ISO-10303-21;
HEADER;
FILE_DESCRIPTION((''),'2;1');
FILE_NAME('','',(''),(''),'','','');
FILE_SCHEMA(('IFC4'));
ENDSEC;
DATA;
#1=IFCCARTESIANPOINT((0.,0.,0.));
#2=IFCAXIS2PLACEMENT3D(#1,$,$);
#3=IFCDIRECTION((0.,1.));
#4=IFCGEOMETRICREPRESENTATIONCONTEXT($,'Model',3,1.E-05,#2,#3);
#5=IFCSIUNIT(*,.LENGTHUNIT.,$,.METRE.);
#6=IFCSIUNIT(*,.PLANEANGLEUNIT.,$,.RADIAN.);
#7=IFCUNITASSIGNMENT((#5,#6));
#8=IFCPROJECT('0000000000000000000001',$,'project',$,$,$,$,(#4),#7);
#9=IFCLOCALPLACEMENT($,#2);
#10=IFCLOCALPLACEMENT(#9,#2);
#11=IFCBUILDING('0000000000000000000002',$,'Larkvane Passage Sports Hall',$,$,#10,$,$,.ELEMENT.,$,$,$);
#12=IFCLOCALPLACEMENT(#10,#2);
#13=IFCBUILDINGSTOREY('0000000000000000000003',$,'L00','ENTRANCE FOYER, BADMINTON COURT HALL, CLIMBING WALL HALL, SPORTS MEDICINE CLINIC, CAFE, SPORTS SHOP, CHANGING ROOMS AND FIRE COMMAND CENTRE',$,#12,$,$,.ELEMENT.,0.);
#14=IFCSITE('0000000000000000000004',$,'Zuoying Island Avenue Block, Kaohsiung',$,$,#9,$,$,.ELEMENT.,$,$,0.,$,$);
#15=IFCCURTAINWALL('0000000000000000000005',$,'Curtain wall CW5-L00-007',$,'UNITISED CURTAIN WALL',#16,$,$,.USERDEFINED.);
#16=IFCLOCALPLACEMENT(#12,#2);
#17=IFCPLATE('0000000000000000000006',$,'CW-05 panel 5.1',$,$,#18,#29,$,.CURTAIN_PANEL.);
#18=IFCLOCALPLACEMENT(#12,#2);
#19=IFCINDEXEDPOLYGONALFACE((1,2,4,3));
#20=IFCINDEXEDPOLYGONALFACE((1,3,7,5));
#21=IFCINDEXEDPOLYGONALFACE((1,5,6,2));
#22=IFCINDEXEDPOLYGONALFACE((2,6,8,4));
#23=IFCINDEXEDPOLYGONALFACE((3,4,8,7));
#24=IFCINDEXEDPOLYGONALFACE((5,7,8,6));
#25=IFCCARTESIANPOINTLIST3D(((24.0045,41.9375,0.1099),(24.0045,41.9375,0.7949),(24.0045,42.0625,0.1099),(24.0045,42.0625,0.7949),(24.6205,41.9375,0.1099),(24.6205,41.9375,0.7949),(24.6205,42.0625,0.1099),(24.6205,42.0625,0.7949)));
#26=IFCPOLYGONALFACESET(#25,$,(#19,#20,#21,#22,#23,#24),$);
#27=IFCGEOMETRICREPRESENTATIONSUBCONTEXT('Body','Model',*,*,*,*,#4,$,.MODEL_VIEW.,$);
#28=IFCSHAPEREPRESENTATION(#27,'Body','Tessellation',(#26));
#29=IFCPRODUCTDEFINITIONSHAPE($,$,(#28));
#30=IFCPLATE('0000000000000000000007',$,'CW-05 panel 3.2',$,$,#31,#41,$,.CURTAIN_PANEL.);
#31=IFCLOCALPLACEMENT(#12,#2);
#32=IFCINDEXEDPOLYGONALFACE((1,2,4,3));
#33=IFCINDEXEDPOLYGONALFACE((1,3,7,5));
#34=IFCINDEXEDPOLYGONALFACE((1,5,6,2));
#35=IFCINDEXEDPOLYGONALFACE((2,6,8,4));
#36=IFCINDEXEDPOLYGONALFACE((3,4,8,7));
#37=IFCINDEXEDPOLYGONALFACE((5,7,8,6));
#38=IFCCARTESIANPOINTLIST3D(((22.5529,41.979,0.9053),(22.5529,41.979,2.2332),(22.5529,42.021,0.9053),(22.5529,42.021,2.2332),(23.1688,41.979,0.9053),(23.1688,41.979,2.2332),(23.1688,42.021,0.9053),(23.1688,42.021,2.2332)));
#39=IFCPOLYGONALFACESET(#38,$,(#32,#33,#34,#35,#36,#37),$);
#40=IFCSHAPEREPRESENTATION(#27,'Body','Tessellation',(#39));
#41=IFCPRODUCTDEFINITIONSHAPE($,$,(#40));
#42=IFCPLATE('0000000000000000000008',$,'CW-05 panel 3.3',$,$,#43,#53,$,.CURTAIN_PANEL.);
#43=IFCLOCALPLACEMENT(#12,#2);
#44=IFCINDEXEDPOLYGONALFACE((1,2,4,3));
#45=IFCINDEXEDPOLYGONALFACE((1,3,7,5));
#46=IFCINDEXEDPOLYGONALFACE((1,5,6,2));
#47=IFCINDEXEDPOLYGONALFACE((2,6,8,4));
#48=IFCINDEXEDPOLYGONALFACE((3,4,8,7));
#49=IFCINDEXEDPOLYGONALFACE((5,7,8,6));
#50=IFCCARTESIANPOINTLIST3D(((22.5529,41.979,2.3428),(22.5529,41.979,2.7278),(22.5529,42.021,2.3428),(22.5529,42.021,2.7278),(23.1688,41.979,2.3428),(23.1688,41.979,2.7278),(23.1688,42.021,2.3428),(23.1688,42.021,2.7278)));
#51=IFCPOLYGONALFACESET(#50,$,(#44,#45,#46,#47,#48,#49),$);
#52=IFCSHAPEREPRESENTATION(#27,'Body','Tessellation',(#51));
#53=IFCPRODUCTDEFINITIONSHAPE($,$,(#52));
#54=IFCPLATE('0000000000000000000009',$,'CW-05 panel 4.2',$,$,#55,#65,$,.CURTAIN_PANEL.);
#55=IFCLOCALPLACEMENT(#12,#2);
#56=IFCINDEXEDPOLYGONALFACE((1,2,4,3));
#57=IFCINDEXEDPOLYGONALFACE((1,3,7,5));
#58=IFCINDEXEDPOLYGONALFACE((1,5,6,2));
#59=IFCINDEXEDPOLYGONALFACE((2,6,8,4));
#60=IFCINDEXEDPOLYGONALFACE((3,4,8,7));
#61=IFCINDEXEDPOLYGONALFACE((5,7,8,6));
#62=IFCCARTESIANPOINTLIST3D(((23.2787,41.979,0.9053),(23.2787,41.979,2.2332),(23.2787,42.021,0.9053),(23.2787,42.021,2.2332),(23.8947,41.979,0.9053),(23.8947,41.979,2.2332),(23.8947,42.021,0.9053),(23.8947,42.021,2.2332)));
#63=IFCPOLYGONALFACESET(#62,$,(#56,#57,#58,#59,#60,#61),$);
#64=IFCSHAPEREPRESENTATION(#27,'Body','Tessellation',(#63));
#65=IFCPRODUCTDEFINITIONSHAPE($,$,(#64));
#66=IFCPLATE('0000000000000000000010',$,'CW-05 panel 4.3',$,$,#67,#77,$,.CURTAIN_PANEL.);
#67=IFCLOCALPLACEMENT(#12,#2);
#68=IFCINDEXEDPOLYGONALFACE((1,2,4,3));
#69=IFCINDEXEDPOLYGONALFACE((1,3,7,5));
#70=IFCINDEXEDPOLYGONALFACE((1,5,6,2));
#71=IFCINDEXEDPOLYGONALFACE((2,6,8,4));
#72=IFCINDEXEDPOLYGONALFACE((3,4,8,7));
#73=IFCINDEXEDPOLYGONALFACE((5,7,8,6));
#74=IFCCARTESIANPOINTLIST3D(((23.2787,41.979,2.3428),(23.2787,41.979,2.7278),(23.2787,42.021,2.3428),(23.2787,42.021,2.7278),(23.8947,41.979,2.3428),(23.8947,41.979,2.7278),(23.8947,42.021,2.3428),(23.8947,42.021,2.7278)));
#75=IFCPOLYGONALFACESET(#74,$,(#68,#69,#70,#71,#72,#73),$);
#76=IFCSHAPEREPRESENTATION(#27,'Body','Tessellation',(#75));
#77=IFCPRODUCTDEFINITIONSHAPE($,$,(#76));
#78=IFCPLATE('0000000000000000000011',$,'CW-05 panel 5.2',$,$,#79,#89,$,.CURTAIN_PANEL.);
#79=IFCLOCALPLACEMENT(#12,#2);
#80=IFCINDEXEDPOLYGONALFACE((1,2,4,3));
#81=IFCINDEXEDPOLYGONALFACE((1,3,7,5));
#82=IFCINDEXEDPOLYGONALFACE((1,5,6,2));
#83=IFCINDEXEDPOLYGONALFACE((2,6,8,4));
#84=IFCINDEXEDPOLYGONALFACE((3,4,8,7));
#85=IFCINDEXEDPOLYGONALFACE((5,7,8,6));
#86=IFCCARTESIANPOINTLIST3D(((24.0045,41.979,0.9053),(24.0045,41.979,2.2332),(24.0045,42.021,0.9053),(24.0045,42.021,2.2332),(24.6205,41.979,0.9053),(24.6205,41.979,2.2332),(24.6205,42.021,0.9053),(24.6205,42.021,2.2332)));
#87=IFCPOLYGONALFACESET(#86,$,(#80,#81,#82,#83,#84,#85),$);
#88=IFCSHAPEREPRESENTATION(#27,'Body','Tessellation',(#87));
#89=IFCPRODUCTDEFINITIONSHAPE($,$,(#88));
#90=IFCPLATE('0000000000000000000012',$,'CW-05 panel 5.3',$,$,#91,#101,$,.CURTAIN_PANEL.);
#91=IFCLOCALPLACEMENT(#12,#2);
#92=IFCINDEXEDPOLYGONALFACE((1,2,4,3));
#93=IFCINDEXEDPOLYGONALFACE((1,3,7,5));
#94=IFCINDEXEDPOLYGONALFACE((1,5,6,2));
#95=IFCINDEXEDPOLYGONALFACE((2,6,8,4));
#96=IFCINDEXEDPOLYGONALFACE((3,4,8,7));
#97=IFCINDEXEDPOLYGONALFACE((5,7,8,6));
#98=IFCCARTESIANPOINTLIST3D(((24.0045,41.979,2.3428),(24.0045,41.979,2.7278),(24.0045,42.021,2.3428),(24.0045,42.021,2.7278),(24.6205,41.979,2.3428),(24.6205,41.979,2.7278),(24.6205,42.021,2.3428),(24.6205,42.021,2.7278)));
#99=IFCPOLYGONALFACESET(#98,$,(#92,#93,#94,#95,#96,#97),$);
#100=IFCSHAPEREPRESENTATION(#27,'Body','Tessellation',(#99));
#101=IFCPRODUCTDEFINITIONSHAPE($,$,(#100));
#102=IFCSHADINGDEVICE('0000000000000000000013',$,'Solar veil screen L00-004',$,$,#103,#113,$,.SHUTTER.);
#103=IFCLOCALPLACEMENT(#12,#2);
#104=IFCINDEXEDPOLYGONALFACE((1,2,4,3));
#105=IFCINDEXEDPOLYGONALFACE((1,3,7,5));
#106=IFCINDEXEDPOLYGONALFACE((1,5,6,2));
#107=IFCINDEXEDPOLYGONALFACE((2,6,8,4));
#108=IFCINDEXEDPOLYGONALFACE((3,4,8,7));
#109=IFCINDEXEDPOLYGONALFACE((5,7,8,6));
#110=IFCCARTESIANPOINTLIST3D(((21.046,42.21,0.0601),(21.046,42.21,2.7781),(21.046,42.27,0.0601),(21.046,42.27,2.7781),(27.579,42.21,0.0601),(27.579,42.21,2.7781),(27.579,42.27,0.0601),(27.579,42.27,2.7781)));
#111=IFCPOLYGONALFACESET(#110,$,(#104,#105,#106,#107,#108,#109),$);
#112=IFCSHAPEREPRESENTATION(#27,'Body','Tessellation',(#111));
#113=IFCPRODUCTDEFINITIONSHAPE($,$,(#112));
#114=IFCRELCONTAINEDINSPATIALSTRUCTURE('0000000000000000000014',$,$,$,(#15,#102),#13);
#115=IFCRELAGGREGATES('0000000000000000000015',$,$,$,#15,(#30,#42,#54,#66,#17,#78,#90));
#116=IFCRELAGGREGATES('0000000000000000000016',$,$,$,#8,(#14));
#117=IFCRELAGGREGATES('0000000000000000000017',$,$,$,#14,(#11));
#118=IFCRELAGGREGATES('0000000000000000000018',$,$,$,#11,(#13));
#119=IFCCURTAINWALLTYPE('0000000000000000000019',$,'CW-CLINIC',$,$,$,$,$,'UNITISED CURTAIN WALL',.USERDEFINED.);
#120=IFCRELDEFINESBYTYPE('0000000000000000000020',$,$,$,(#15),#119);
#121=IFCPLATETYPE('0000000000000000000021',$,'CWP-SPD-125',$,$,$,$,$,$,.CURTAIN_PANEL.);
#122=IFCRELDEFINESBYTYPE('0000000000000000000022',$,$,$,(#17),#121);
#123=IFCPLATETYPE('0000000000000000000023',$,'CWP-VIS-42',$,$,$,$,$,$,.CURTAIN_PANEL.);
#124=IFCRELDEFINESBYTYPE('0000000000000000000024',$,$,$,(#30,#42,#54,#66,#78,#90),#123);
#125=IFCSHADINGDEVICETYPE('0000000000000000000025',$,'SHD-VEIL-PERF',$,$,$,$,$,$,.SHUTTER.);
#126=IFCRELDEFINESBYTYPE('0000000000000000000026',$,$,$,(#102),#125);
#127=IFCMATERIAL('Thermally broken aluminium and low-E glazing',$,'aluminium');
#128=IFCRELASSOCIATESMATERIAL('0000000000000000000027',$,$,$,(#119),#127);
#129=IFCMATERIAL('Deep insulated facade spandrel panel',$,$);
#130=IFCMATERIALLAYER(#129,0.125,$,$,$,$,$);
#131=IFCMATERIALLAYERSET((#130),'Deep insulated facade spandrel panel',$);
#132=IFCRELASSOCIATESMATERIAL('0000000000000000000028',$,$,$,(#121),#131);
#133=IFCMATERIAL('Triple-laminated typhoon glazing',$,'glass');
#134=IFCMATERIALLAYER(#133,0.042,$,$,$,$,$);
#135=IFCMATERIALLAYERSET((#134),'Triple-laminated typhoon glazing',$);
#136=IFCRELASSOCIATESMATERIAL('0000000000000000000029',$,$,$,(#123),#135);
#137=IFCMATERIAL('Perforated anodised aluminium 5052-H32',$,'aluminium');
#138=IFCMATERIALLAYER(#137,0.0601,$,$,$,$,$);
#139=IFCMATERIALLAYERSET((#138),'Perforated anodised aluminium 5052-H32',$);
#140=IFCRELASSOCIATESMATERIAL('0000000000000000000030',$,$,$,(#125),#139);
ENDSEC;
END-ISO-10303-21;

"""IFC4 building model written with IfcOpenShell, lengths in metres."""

from ifc_helpers import new_model, si_unit, direction, frame, origin, origin_2d, place, context, subcontext, project, spatial, rectangle, extrude, material, layer, layer_set, type_object, element, aggregate, save


model = new_model("IFC4")

# Units and contexts
model_context = context("Model", 3, precision=1e-05, world=origin(), true_north=direction((0.0, 1.0)))
body_context = subcontext(model_context, "Body", "Model", "MODEL_VIEW")
ifc_project = project(units=[si_unit("LENGTHUNIT", "METRE"), si_unit("PLANEANGLEUNIT", "RADIAN")], contexts=[model_context])

# Site, building, storey
site_placement = place(None, origin())
site = spatial("IfcSite", under=ifc_project, at=site_placement, Name="Zuoying Island Avenue Block, Kaohsiung", CompositionType="ELEMENT", RefElevation=0.0)
building_placement = place(site_placement, origin())
building = spatial("IfcBuilding", under=site, at=building_placement, Name="Larkvane Passage Sports Hall", CompositionType="ELEMENT")
storey_placement = place(building_placement, origin())
storey = spatial("IfcBuildingStorey", under=building, at=storey_placement, Name="L00", Description="ENTRANCE FOYER, BADMINTON COURT HALL, CLIMBING WALL HALL, SPORTS MEDICINE CLINIC, CAFE, SPORTS SHOP, CHANGING ROOMS AND FIRE COMMAND CENTRE", CompositionType="ELEMENT", Elevation=0.0)

# Curtain wall, plates
ifc_material_1 = material(Name="Thermally broken aluminium and low-E glazing", Category="aluminium")
curtain_wall_type = type_object("IfcCurtainWallType", Name="CW-CLINIC", ElementType="UNITISED CURTAIN WALL", PredefinedType="USERDEFINED", material=ifc_material_1)
curtain_wall_placement = place(storey_placement, origin())
curtain_wall = element("IfcCurtainWall", 1, at=curtain_wall_placement, inside=storey, type_object=curtain_wall_type, Name="Curtain wall CW5-L00-007", ObjectType="UNITISED CURTAIN WALL", PredefinedType="USERDEFINED")
ifc_material_2 = material(Name="Deep insulated facade spandrel panel")
ifc_layer_1 = layer(ifc_material_2, 0.125)
ifc_layer_set_1 = layer_set([ifc_layer_1], Name="Deep insulated facade spandrel panel")
plate_type_1 = type_object("IfcPlateType", Name="CWP-SPD-125", PredefinedType="CURTAIN_PANEL", material=ifc_layer_set_1)
plate_1_placement = place(storey_placement, frame((24.3125, 42.0, 0.1099), z_axis=(0.0, 0.0, 1.0), x_axis=(1.0, 0.0, 0.0)))
plate_1 = element("IfcPlate", 2, at=plate_1_placement, type_object=plate_type_1, Name="CW-05 panel 5.1", PredefinedType="CURTAIN_PANEL", context=body_context, shape_type="SweptSolid", body=[
    extrude(rectangle(XDim=0.616, YDim=0.125, at=origin_2d()), origin(), (0.0, 0.0, 1.0), 0.6851),
])
ifc_material_3 = material(Name="Triple-laminated typhoon glazing", Category="glass")
ifc_layer_2 = layer(ifc_material_3, 0.042)
ifc_layer_set_2 = layer_set([ifc_layer_2], Name="Triple-laminated typhoon glazing")
plate_type_2 = type_object("IfcPlateType", Name="CWP-VIS-42", PredefinedType="CURTAIN_PANEL", material=ifc_layer_set_2)
plate_2_placement = place(storey_placement, frame((22.8608, 42.0, 0.9053), z_axis=(0.0, 0.0, 1.0), x_axis=(1.0, 0.0, 0.0)))
plate_2 = element("IfcPlate", 3, at=plate_2_placement, type_object=plate_type_2, Name="CW-05 panel 3.2", PredefinedType="CURTAIN_PANEL", context=body_context, shape_type="SweptSolid", body=[
    extrude(rectangle(XDim=0.616, YDim=0.042, at=origin_2d()), origin(), (0.0, 0.0, 1.0), 1.3279),
])
plate_3_placement = place(storey_placement, frame((22.8608, 42.0, 2.3428), z_axis=(0.0, 0.0, 1.0), x_axis=(1.0, 0.0, 0.0)))
plate_3 = element("IfcPlate", 4, at=plate_3_placement, type_object=plate_type_2, Name="CW-05 panel 3.3", PredefinedType="CURTAIN_PANEL", context=body_context, shape_type="SweptSolid", body=[
    extrude(rectangle(XDim=0.616, YDim=0.042, at=origin_2d()), origin(), (0.0, 0.0, 1.0), 0.385),
])
plate_4_placement = place(storey_placement, frame((23.5867, 42.0, 0.9053), z_axis=(0.0, 0.0, 1.0), x_axis=(1.0, 0.0, 0.0)))
plate_4 = element("IfcPlate", 5, at=plate_4_placement, type_object=plate_type_2, Name="CW-05 panel 4.2", PredefinedType="CURTAIN_PANEL", context=body_context, shape_type="SweptSolid", body=[
    extrude(rectangle(XDim=0.616, YDim=0.042, at=origin_2d()), origin(), (0.0, 0.0, 1.0), 1.3279),
])
plate_5_placement = place(storey_placement, frame((23.5867, 42.0, 2.3428), z_axis=(0.0, 0.0, 1.0), x_axis=(1.0, 0.0, 0.0)))
plate_5 = element("IfcPlate", 6, at=plate_5_placement, type_object=plate_type_2, Name="CW-05 panel 4.3", PredefinedType="CURTAIN_PANEL", context=body_context, shape_type="SweptSolid", body=[
    extrude(rectangle(XDim=0.616, YDim=0.042, at=origin_2d()), origin(), (0.0, 0.0, 1.0), 0.385),
])
plate_6_placement = place(storey_placement, frame((24.3125, 42.0, 0.9053), z_axis=(0.0, 0.0, 1.0), x_axis=(1.0, 0.0, 0.0)))
plate_6 = element("IfcPlate", 7, at=plate_6_placement, type_object=plate_type_2, Name="CW-05 panel 5.2", PredefinedType="CURTAIN_PANEL", context=body_context, shape_type="SweptSolid", body=[
    extrude(rectangle(XDim=0.616, YDim=0.042, at=origin_2d()), origin(), (0.0, 0.0, 1.0), 1.3279),
])
plate_7_placement = place(storey_placement, frame((24.3125, 42.0, 2.3428), z_axis=(0.0, 0.0, 1.0), x_axis=(1.0, 0.0, 0.0)))
plate_7 = element("IfcPlate", 8, at=plate_7_placement, type_object=plate_type_2, Name="CW-05 panel 5.3", PredefinedType="CURTAIN_PANEL", context=body_context, shape_type="SweptSolid", body=[
    extrude(rectangle(XDim=0.616, YDim=0.042, at=origin_2d()), origin(), (0.0, 0.0, 1.0), 0.385),
])
aggregate(curtain_wall, [plate_2, plate_3, plate_4, plate_5, plate_1, plate_6, plate_7])

# Shading device
ifc_material_4 = material(Name="Perforated anodised aluminium 5052-H32", Category="aluminium")
ifc_layer_3 = layer(ifc_material_4, 0.0601)
ifc_layer_set_3 = layer_set([ifc_layer_3], Name="Perforated anodised aluminium 5052-H32")
shading_device_type = type_object("IfcShadingDeviceType", Name="SHD-VEIL-PERF", PredefinedType="SHUTTER", material=ifc_layer_set_3)
shading_device_placement = place(storey_placement, frame((24.3125, 42.24, 0.0601), z_axis=(0.0, 0.0, 1.0), x_axis=(1.0, 0.0, 0.0)))
element("IfcShadingDevice", 9, at=shading_device_placement, inside=storey, type_object=shading_device_type, Name="Solar veil screen L00-004", PredefinedType="SHUTTER", context=body_context, shape_type="SweptSolid", body=[
    extrude(rectangle(XDim=6.533, YDim=0.0601, at=origin_2d()), origin(), (0.0, 0.0, 1.0), 2.718),
])

save(model, "model.ifc")
